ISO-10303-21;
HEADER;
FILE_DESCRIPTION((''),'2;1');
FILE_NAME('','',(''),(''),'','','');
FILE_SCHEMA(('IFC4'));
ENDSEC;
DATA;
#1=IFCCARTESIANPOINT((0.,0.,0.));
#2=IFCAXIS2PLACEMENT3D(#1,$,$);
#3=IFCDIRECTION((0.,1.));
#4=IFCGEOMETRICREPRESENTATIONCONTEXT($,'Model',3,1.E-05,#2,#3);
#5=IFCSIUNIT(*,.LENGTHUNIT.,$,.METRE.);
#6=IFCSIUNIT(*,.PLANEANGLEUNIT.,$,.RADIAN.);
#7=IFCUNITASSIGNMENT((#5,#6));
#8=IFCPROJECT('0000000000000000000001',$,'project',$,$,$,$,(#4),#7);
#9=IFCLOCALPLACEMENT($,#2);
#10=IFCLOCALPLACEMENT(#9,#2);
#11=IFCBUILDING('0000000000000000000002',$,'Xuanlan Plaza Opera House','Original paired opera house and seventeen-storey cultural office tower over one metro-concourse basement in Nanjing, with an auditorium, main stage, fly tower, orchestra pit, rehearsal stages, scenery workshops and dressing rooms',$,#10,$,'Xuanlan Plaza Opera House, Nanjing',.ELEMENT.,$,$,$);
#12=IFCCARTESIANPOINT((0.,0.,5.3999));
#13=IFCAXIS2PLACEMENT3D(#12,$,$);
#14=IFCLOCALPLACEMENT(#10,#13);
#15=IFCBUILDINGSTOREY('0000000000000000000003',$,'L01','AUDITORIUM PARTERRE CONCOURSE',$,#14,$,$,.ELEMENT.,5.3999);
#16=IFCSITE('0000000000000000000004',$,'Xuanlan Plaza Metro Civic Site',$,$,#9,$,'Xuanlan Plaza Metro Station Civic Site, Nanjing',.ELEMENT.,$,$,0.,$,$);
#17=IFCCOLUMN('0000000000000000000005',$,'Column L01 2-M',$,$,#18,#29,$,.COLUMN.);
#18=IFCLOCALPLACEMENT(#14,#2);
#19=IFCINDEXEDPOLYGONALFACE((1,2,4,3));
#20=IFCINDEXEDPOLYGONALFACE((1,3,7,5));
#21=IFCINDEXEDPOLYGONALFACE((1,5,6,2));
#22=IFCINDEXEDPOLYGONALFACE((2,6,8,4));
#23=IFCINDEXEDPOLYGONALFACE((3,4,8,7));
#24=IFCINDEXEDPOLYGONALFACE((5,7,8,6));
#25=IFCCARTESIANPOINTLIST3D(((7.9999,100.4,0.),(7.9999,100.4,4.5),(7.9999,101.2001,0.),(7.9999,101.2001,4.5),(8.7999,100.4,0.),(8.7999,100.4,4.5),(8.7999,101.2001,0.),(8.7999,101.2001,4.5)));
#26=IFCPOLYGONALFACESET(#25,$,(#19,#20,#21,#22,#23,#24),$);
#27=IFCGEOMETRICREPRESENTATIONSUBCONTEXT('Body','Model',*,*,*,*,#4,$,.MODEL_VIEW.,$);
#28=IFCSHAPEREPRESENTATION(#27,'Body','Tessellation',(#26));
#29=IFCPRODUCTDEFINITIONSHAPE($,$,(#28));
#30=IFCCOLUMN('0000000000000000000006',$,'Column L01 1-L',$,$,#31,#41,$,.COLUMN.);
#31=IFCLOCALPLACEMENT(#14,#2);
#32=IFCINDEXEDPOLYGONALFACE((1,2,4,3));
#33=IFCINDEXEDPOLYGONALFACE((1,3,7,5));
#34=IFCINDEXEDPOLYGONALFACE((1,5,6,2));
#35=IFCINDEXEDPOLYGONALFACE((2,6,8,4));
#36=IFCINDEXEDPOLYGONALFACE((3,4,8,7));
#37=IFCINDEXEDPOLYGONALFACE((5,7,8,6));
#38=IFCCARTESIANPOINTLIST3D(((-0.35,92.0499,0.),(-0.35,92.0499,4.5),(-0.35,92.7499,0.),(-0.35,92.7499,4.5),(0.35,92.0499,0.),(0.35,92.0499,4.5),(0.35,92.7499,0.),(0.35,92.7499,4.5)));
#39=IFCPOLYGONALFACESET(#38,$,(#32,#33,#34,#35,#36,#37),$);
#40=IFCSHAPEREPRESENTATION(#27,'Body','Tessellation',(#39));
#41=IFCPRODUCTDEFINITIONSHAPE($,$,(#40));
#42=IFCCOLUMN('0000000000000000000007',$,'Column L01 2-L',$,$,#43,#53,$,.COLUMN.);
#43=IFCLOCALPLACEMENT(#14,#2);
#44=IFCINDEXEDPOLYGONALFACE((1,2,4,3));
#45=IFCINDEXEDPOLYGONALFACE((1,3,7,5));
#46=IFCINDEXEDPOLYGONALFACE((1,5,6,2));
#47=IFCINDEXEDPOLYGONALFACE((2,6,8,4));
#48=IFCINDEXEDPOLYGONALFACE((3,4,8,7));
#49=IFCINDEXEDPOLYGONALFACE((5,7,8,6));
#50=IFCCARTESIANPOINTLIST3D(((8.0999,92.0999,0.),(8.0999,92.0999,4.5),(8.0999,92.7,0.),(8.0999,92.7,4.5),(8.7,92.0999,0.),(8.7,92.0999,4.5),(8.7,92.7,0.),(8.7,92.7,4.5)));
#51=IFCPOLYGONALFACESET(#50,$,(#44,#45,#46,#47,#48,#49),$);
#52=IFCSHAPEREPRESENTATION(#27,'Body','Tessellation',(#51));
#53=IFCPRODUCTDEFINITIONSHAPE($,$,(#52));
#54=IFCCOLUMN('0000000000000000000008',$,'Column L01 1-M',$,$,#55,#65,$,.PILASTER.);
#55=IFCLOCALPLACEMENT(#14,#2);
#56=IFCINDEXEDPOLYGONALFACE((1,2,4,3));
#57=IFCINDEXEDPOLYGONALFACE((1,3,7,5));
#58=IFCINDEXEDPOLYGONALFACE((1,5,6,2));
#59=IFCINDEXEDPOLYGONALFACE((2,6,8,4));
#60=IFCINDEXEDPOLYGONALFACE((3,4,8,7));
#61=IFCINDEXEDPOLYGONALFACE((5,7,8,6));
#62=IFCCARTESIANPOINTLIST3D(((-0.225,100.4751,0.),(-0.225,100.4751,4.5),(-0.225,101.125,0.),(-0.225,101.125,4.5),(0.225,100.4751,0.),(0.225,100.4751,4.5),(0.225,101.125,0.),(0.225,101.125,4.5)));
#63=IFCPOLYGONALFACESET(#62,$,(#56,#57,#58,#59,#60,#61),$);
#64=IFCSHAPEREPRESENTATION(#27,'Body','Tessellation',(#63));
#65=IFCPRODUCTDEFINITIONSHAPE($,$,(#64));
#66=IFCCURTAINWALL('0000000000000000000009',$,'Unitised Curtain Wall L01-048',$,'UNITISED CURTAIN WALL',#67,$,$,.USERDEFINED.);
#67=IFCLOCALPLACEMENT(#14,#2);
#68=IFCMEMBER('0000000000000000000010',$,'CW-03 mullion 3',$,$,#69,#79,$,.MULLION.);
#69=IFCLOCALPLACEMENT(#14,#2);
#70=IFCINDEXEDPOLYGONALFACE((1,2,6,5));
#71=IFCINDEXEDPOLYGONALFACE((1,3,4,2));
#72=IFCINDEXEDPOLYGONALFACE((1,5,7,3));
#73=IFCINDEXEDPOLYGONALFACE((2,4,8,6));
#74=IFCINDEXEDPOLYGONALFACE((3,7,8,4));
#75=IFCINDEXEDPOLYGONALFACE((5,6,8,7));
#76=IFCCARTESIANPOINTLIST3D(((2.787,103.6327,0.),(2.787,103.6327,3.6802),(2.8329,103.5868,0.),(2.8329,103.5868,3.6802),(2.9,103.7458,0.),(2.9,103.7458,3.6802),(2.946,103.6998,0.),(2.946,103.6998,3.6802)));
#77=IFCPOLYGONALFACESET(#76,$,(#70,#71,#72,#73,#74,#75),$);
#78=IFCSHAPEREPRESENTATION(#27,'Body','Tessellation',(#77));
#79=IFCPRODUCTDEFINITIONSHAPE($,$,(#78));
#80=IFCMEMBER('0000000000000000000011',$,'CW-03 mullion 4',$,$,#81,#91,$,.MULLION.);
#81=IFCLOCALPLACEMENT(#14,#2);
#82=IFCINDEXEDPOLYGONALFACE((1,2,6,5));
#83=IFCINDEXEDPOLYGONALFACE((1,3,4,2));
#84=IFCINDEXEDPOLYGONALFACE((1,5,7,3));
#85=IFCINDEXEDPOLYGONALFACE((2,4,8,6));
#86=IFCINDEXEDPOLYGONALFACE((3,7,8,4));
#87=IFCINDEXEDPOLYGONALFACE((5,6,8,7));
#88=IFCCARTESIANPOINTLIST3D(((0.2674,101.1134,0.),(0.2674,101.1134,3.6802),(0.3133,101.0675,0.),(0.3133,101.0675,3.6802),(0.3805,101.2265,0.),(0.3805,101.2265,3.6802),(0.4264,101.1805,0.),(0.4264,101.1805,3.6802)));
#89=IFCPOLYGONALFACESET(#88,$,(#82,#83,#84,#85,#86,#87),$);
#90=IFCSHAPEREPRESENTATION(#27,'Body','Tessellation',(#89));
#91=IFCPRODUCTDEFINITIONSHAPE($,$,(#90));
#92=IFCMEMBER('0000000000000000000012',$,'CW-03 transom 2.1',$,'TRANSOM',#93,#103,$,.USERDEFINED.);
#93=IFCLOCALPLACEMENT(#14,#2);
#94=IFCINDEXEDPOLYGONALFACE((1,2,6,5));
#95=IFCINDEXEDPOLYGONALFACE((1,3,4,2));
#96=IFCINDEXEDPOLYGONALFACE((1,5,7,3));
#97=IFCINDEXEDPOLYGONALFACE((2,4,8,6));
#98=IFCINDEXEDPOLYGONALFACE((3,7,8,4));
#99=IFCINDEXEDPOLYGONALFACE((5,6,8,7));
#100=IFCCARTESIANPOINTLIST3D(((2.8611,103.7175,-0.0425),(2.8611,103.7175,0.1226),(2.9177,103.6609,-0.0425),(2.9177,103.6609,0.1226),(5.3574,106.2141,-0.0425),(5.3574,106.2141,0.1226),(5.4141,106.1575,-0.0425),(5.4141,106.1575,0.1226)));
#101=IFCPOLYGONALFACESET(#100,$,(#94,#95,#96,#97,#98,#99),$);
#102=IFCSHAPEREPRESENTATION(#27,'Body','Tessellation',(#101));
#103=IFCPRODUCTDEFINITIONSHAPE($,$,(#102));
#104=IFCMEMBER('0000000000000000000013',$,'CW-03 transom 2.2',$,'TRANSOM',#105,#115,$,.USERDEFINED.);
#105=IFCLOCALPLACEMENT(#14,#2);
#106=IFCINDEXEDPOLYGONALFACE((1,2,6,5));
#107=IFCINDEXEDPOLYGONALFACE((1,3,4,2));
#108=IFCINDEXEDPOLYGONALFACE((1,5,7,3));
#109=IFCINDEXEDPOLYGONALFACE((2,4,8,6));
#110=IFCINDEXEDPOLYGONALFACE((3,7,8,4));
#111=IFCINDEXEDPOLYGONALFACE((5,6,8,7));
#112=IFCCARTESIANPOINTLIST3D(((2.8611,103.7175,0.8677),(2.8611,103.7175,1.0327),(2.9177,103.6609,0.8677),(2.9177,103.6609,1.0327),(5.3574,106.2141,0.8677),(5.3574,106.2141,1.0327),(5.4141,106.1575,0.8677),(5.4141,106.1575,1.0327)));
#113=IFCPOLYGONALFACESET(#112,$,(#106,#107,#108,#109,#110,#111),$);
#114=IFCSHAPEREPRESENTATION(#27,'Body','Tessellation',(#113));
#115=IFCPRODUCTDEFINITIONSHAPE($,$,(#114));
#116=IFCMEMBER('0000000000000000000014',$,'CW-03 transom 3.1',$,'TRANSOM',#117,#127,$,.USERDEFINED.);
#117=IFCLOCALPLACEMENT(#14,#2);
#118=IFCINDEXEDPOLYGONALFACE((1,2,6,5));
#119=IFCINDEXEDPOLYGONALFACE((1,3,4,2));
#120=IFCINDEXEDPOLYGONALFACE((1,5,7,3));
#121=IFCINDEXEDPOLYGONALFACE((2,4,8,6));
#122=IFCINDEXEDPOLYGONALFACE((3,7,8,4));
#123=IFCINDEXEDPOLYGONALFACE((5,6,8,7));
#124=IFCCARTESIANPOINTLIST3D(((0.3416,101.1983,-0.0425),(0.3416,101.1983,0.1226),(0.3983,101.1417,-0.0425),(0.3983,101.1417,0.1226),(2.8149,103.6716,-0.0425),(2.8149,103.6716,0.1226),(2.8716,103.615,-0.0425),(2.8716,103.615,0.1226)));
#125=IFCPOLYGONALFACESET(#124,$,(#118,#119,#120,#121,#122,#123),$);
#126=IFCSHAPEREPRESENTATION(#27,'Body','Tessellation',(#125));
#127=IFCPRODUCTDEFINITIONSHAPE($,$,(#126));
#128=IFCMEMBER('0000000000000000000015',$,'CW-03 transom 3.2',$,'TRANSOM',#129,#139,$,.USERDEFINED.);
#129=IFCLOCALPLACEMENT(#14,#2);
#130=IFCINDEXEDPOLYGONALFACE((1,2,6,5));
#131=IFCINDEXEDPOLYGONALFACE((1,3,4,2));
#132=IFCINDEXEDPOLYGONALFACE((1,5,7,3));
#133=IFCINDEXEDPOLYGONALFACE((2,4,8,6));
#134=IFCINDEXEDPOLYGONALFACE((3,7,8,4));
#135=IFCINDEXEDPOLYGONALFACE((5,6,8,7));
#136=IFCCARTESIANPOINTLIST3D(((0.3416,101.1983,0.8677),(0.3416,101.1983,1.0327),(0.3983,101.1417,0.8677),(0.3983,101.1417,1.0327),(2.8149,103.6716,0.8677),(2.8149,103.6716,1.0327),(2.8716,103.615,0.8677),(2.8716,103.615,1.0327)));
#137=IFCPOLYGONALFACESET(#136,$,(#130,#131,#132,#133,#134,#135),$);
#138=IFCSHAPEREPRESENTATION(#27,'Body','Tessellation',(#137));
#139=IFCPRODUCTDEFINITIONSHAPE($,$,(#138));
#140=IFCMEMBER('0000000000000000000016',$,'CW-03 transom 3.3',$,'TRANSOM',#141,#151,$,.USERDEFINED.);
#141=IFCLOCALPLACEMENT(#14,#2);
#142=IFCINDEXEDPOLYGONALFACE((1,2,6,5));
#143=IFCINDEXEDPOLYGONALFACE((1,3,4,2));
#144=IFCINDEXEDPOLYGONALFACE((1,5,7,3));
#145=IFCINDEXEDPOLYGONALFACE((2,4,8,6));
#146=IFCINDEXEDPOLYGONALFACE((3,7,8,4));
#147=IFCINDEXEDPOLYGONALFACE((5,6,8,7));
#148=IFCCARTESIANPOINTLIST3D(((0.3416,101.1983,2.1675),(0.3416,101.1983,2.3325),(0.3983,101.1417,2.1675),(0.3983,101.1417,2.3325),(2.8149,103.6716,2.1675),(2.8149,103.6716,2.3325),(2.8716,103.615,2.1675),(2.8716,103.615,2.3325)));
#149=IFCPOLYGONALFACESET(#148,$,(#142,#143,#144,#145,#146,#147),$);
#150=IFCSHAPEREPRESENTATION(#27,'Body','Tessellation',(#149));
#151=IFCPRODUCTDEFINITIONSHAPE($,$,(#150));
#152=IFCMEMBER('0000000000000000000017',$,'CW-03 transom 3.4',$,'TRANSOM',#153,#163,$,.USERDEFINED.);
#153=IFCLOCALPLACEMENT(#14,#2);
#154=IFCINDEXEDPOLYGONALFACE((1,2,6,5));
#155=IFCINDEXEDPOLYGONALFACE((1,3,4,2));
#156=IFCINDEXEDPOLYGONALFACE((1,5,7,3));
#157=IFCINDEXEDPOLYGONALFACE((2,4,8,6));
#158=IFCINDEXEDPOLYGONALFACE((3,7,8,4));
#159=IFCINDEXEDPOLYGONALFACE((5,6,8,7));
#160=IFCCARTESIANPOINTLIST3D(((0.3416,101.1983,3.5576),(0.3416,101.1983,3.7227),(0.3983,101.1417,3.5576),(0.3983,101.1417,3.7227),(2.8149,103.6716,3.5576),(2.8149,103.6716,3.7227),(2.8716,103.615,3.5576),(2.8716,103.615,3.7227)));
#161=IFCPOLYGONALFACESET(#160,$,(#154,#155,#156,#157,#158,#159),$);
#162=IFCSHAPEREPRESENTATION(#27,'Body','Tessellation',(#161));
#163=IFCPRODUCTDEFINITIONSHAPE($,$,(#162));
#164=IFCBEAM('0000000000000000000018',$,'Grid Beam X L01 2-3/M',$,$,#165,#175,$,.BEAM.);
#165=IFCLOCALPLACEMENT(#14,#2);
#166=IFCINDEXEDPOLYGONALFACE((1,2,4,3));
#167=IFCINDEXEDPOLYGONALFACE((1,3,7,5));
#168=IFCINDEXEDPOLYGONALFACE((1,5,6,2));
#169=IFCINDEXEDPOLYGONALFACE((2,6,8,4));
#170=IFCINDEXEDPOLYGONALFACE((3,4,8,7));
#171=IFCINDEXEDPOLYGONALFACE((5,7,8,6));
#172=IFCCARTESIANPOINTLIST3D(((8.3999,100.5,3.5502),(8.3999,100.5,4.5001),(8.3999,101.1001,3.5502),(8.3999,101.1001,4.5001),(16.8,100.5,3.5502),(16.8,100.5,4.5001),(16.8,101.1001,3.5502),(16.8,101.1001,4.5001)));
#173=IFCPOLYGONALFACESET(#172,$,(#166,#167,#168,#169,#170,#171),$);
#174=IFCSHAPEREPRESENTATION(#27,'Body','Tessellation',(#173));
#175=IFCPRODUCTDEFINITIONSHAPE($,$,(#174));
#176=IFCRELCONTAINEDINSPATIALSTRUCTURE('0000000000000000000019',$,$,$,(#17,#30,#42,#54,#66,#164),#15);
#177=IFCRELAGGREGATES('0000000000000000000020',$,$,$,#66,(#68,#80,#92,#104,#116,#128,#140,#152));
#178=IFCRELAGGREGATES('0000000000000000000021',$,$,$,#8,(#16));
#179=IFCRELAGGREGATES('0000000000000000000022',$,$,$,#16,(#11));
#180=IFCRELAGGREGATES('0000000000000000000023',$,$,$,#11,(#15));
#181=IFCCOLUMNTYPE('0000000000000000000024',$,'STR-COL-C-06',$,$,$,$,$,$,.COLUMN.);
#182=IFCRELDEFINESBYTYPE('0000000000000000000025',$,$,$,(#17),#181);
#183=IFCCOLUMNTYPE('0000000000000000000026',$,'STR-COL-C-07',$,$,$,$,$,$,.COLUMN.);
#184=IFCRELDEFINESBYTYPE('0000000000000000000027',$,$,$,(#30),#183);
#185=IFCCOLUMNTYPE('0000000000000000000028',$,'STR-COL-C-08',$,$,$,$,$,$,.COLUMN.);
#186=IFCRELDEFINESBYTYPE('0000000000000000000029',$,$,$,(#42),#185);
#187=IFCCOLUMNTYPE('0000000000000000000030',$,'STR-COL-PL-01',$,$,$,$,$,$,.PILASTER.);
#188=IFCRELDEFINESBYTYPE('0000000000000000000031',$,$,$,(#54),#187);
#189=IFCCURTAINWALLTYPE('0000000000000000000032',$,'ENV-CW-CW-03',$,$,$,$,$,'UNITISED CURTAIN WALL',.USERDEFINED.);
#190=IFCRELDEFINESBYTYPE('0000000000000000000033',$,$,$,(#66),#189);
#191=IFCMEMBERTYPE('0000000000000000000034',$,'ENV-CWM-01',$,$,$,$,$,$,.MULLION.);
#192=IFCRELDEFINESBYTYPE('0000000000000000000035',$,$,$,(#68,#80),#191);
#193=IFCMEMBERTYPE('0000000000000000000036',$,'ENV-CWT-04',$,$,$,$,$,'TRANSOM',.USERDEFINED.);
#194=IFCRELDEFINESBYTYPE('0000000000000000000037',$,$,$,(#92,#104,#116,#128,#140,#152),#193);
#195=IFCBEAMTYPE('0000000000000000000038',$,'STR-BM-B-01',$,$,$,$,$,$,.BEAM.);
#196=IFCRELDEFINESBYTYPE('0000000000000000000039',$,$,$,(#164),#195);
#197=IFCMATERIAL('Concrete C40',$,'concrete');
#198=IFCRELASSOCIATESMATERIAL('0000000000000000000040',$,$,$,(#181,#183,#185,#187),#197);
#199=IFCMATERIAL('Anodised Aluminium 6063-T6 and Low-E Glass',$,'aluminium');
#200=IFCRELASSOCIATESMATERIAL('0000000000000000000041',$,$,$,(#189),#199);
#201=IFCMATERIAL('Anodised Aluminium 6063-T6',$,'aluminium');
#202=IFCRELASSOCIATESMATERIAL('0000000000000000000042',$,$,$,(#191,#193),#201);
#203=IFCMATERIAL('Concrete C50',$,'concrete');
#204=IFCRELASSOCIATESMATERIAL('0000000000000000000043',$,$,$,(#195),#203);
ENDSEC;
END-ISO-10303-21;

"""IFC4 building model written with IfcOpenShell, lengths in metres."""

from ifc_helpers import new_model, si_unit, direction, frame, origin, origin_2d, place, context, subcontext, project, spatial, rectangle, extrude, material, material_profile, profile_set, type_object, element, aggregate, save


model = new_model("IFC4")

# Units and contexts
model_context = context("Model", 3, precision=1e-05, world=origin(), true_north=direction((0.0, 1.0)))
body_context = subcontext(model_context, "Body", "Model", "MODEL_VIEW")
ifc_project = project(units=[si_unit("LENGTHUNIT", "METRE"), si_unit("PLANEANGLEUNIT", "RADIAN")], contexts=[model_context])

# Site, building, storey
site_placement = place(None, origin())
site = spatial("IfcSite", under=ifc_project, at=site_placement, Name="Xuanlan Plaza Metro Civic Site", LongName="Xuanlan Plaza Metro Station Civic Site, Nanjing", CompositionType="ELEMENT", RefElevation=0.0)
building_placement = place(site_placement, origin())
building = spatial("IfcBuilding", under=site, at=building_placement, Name="Xuanlan Plaza Opera House", Description="Original paired opera house and seventeen-storey cultural office tower over one metro-concourse basement in Nanjing, with an auditorium, main stage, fly tower, orchestra pit, rehearsal stages, scenery workshops and dressing rooms", LongName="Xuanlan Plaza Opera House, Nanjing", CompositionType="ELEMENT")
storey_placement = place(building_placement, frame((0.0, 0.0, 5.3999)))
storey = spatial("IfcBuildingStorey", under=building, at=storey_placement, Name="L01", Description="AUDITORIUM PARTERRE CONCOURSE", CompositionType="ELEMENT", Elevation=5.3999)

# Columns
ifc_material_1 = material(Name="Concrete C40", Category="concrete")
ifc_material_profile_1 = material_profile(ifc_material_1, rectangle(XDim=0.8, YDim=0.8, at=origin_2d()), Name="RC-COL 800x800")
ifc_profile_set_1 = profile_set([ifc_material_profile_1], Name="Concrete C40")
column_type_1 = type_object("IfcColumnType", Name="STR-COL-C-06", PredefinedType="COLUMN", material=ifc_profile_set_1)
column_1_placement = place(storey_placement, frame((8.3999, 100.8, 0.0), z_axis=(0.0, 0.0, 1.0), x_axis=(1.0, 0.0, 0.0)))
element("IfcColumn", 1, at=column_1_placement, inside=storey, type_object=column_type_1, Name="Column L01 2-M", PredefinedType="COLUMN", context=body_context, shape_type="SweptSolid", body=[
    extrude(rectangle(XDim=0.8, YDim=0.8, at=origin_2d()), origin(), (0.0, 0.0, 1.0), 4.5),
])
ifc_material_profile_2 = material_profile(ifc_material_1, rectangle(XDim=0.7, YDim=0.7, at=origin_2d()), Name="RC-COL 700x700")
ifc_profile_set_2 = profile_set([ifc_material_profile_2], Name="Concrete C40")
column_type_2 = type_object("IfcColumnType", Name="STR-COL-C-07", PredefinedType="COLUMN", material=ifc_profile_set_2)
column_2_placement = place(storey_placement, frame((0.0, 92.3999, 0.0), z_axis=(0.0, 0.0, 1.0), x_axis=(1.0, 0.0, 0.0)))
element("IfcColumn", 2, at=column_2_placement, inside=storey, type_object=column_type_2, Name="Column L01 1-L", PredefinedType="COLUMN", context=body_context, shape_type="SweptSolid", body=[
    extrude(rectangle(XDim=0.7, YDim=0.7, at=origin_2d()), origin(), (0.0, 0.0, 1.0), 4.5),
])
ifc_material_profile_3 = material_profile(ifc_material_1, rectangle(XDim=0.6001, YDim=0.6001, at=origin_2d()), Name="RC-COL 600x600")
ifc_profile_set_3 = profile_set([ifc_material_profile_3], Name="Concrete C40")
column_type_3 = type_object("IfcColumnType", Name="STR-COL-C-08", PredefinedType="COLUMN", material=ifc_profile_set_3)
column_3_placement = place(storey_placement, frame((8.3999, 92.3999, 0.0), z_axis=(0.0, 0.0, 1.0), x_axis=(1.0, 0.0, 0.0)))
element("IfcColumn", 3, at=column_3_placement, inside=storey, type_object=column_type_3, Name="Column L01 2-L", PredefinedType="COLUMN", context=body_context, shape_type="SweptSolid", body=[
    extrude(rectangle(XDim=0.6001, YDim=0.6001, at=origin_2d()), origin(), (0.0, 0.0, 1.0), 4.5),
])
ifc_material_profile_4 = material_profile(ifc_material_1, rectangle(XDim=0.45, YDim=0.6499, at=origin_2d()), Name="RC-PIL 450x650")
ifc_profile_set_4 = profile_set([ifc_material_profile_4], Name="Concrete C40")
column_type_4 = type_object("IfcColumnType", Name="STR-COL-PL-01", PredefinedType="PILASTER", material=ifc_profile_set_4)
column_4_placement = place(storey_placement, frame((0.0, 100.8, 0.0), z_axis=(0.0, 0.0, 1.0), x_axis=(1.0, 0.0, 0.0)))
element("IfcColumn", 4, at=column_4_placement, inside=storey, type_object=column_type_4, Name="Column L01 1-M", PredefinedType="PILASTER", context=body_context, shape_type="SweptSolid", body=[
    extrude(rectangle(XDim=0.45, YDim=0.6499, at=origin_2d()), origin(), (0.0, 0.0, 1.0), 4.5),
])

# Curtain wall, members
ifc_material_2 = material(Name="Anodised Aluminium 6063-T6 and Low-E Glass", Category="aluminium")
curtain_wall_type = type_object("IfcCurtainWallType", Name="ENV-CW-CW-03", ElementType="UNITISED CURTAIN WALL", PredefinedType="USERDEFINED", material=ifc_material_2)
curtain_wall_placement = place(storey_placement, origin())
curtain_wall = element("IfcCurtainWall", 5, at=curtain_wall_placement, inside=storey, type_object=curtain_wall_type, Name="Unitised Curtain Wall L01-048", ObjectType="UNITISED CURTAIN WALL", PredefinedType="USERDEFINED")
ifc_material_3 = material(Name="Anodised Aluminium 6063-T6", Category="aluminium")
ifc_material_profile_5 = material_profile(ifc_material_3, rectangle(XDim=0.0649, YDim=0.1599, at=origin_2d()), Name="ALU-M 65x160")
ifc_profile_set_5 = profile_set([ifc_material_profile_5], Name="Anodised Aluminium 6063-T6")
member_type_1 = type_object("IfcMemberType", Name="ENV-CWM-01", PredefinedType="MULLION", material=ifc_profile_set_5)
member_1_placement = place(storey_placement, frame((2.8665, 103.6663, 0.0), z_axis=(0.0, 0.0, 1.0), x_axis=(0.707107, -0.707107, 0.0)))
member_1 = element("IfcMember", 6, at=member_1_placement, type_object=member_type_1, Name="CW-03 mullion 3", PredefinedType="MULLION", context=body_context, shape_type="SweptSolid", body=[
    extrude(rectangle(XDim=0.0649, YDim=0.1599, at=origin_2d()), origin(), (0.0, 0.0, 1.0), 3.6802),
])
member_2_placement = place(storey_placement, frame((0.3469, 101.147, 0.0), z_axis=(0.0, 0.0, 1.0), x_axis=(0.707107, -0.707107, 0.0)))
member_2 = element("IfcMember", 7, at=member_2_placement, type_object=member_type_1, Name="CW-03 mullion 4", PredefinedType="MULLION", context=body_context, shape_type="SweptSolid", body=[
    extrude(rectangle(XDim=0.0649, YDim=0.1599, at=origin_2d()), origin(), (0.0, 0.0, 1.0), 3.6802),
])
ifc_material_profile_6 = material_profile(ifc_material_3, rectangle(XDim=0.0801, YDim=0.165, at=origin_2d()), Name="ALU-T 80x165")
ifc_profile_set_6 = profile_set([ifc_material_profile_6], Name="Anodised Aluminium 6063-T6")
member_type_2 = type_object("IfcMemberType", Name="ENV-CWT-04", ElementType="TRANSOM", PredefinedType="USERDEFINED", material=ifc_profile_set_6)
member_3_placement = place(storey_placement, frame((5.3857, 106.1858, 0.04), z_axis=(-0.707072, -0.707141, 0.0), x_axis=(0.707141, -0.707072, 0.0)))
member_3 = element("IfcMember", 8, at=member_3_placement, type_object=member_type_2, Name="CW-03 transom 2.1", ObjectType="TRANSOM", PredefinedType="USERDEFINED", context=body_context, shape_type="SweptSolid", body=[
    extrude(rectangle(XDim=0.0801, YDim=0.165, at=origin_2d()), origin(), (0.0, 0.0, 1.0), 3.5305),
])
member_4_placement = place(storey_placement, frame((5.3857, 106.1858, 0.9502), z_axis=(-0.707072, -0.707141, 0.0), x_axis=(0.707141, -0.707072, 0.0)))
member_4 = element("IfcMember", 9, at=member_4_placement, type_object=member_type_2, Name="CW-03 transom 2.2", ObjectType="TRANSOM", PredefinedType="USERDEFINED", context=body_context, shape_type="SweptSolid", body=[
    extrude(rectangle(XDim=0.0801, YDim=0.165, at=origin_2d()), origin(), (0.0, 0.0, 1.0), 3.5305),
])
member_5_placement = place(storey_placement, frame((2.8433, 103.6433, 0.04), z_axis=(-0.707107, -0.707107, 0.0), x_axis=(0.707107, -0.707107, 0.0)))
member_5 = element("IfcMember", 10, at=member_5_placement, type_object=member_type_2, Name="CW-03 transom 3.1", ObjectType="TRANSOM", PredefinedType="USERDEFINED", context=body_context, shape_type="SweptSolid", body=[
    extrude(rectangle(XDim=0.0801, YDim=0.165, at=origin_2d()), origin(), (0.0, 0.0, 1.0), 3.4978),
])
member_6_placement = place(storey_placement, frame((2.8433, 103.6433, 0.9502), z_axis=(-0.707107, -0.707107, 0.0), x_axis=(0.707107, -0.707107, 0.0)))
member_6 = element("IfcMember", 11, at=member_6_placement, type_object=member_type_2, Name="CW-03 transom 3.2", ObjectType="TRANSOM", PredefinedType="USERDEFINED", context=body_context, shape_type="SweptSolid", body=[
    extrude(rectangle(XDim=0.0801, YDim=0.165, at=origin_2d()), origin(), (0.0, 0.0, 1.0), 3.4978),
])
member_7_placement = place(storey_placement, frame((2.8433, 103.6433, 2.25), z_axis=(-0.707107, -0.707107, 0.0), x_axis=(0.707107, -0.707107, 0.0)))
member_7 = element("IfcMember", 12, at=member_7_placement, type_object=member_type_2, Name="CW-03 transom 3.3", ObjectType="TRANSOM", PredefinedType="USERDEFINED", context=body_context, shape_type="SweptSolid", body=[
    extrude(rectangle(XDim=0.0801, YDim=0.165, at=origin_2d()), origin(), (0.0, 0.0, 1.0), 3.4978),
])
member_8_placement = place(storey_placement, frame((2.8433, 103.6433, 3.6401), z_axis=(-0.707107, -0.707107, 0.0), x_axis=(0.707107, -0.707107, 0.0)))
member_8 = element("IfcMember", 13, at=member_8_placement, type_object=member_type_2, Name="CW-03 transom 3.4", ObjectType="TRANSOM", PredefinedType="USERDEFINED", context=body_context, shape_type="SweptSolid", body=[
    extrude(rectangle(XDim=0.0801, YDim=0.165, at=origin_2d()), origin(), (0.0, 0.0, 1.0), 3.4978),
])

# Beam
ifc_material_4 = material(Name="Concrete C50", Category="concrete")
ifc_material_profile_7 = material_profile(ifc_material_4, rectangle(XDim=0.6001, YDim=0.95, at=origin_2d()), Name="RC-BM 600x950")
ifc_profile_set_7 = profile_set([ifc_material_profile_7], Name="Concrete C50")
beam_type_1 = type_object("IfcBeamType", Name="STR-BM-B-01", PredefinedType="BEAM", material=ifc_profile_set_7)
beam_1_placement = place(storey_placement, frame((8.3999, 100.8, 4.0251), z_axis=(1.0, 0.0, 0.0), x_axis=(0.0, 1.0, 0.0)))
element("IfcBeam", 14, at=beam_1_placement, inside=storey, type_object=beam_type_1, Name="Grid Beam X L01 2-3/M", PredefinedType="BEAM", context=body_context, shape_type="SweptSolid", body=[
    extrude(rectangle(XDim=0.6001, YDim=0.95, at=origin_2d()), origin(), (0.0, 0.0, 1.0), 8.4001),
])

aggregate(curtain_wall, [member_1, member_2, member_3, member_4, member_5, member_6, member_7, member_8])

save(model, "model.ifc")
